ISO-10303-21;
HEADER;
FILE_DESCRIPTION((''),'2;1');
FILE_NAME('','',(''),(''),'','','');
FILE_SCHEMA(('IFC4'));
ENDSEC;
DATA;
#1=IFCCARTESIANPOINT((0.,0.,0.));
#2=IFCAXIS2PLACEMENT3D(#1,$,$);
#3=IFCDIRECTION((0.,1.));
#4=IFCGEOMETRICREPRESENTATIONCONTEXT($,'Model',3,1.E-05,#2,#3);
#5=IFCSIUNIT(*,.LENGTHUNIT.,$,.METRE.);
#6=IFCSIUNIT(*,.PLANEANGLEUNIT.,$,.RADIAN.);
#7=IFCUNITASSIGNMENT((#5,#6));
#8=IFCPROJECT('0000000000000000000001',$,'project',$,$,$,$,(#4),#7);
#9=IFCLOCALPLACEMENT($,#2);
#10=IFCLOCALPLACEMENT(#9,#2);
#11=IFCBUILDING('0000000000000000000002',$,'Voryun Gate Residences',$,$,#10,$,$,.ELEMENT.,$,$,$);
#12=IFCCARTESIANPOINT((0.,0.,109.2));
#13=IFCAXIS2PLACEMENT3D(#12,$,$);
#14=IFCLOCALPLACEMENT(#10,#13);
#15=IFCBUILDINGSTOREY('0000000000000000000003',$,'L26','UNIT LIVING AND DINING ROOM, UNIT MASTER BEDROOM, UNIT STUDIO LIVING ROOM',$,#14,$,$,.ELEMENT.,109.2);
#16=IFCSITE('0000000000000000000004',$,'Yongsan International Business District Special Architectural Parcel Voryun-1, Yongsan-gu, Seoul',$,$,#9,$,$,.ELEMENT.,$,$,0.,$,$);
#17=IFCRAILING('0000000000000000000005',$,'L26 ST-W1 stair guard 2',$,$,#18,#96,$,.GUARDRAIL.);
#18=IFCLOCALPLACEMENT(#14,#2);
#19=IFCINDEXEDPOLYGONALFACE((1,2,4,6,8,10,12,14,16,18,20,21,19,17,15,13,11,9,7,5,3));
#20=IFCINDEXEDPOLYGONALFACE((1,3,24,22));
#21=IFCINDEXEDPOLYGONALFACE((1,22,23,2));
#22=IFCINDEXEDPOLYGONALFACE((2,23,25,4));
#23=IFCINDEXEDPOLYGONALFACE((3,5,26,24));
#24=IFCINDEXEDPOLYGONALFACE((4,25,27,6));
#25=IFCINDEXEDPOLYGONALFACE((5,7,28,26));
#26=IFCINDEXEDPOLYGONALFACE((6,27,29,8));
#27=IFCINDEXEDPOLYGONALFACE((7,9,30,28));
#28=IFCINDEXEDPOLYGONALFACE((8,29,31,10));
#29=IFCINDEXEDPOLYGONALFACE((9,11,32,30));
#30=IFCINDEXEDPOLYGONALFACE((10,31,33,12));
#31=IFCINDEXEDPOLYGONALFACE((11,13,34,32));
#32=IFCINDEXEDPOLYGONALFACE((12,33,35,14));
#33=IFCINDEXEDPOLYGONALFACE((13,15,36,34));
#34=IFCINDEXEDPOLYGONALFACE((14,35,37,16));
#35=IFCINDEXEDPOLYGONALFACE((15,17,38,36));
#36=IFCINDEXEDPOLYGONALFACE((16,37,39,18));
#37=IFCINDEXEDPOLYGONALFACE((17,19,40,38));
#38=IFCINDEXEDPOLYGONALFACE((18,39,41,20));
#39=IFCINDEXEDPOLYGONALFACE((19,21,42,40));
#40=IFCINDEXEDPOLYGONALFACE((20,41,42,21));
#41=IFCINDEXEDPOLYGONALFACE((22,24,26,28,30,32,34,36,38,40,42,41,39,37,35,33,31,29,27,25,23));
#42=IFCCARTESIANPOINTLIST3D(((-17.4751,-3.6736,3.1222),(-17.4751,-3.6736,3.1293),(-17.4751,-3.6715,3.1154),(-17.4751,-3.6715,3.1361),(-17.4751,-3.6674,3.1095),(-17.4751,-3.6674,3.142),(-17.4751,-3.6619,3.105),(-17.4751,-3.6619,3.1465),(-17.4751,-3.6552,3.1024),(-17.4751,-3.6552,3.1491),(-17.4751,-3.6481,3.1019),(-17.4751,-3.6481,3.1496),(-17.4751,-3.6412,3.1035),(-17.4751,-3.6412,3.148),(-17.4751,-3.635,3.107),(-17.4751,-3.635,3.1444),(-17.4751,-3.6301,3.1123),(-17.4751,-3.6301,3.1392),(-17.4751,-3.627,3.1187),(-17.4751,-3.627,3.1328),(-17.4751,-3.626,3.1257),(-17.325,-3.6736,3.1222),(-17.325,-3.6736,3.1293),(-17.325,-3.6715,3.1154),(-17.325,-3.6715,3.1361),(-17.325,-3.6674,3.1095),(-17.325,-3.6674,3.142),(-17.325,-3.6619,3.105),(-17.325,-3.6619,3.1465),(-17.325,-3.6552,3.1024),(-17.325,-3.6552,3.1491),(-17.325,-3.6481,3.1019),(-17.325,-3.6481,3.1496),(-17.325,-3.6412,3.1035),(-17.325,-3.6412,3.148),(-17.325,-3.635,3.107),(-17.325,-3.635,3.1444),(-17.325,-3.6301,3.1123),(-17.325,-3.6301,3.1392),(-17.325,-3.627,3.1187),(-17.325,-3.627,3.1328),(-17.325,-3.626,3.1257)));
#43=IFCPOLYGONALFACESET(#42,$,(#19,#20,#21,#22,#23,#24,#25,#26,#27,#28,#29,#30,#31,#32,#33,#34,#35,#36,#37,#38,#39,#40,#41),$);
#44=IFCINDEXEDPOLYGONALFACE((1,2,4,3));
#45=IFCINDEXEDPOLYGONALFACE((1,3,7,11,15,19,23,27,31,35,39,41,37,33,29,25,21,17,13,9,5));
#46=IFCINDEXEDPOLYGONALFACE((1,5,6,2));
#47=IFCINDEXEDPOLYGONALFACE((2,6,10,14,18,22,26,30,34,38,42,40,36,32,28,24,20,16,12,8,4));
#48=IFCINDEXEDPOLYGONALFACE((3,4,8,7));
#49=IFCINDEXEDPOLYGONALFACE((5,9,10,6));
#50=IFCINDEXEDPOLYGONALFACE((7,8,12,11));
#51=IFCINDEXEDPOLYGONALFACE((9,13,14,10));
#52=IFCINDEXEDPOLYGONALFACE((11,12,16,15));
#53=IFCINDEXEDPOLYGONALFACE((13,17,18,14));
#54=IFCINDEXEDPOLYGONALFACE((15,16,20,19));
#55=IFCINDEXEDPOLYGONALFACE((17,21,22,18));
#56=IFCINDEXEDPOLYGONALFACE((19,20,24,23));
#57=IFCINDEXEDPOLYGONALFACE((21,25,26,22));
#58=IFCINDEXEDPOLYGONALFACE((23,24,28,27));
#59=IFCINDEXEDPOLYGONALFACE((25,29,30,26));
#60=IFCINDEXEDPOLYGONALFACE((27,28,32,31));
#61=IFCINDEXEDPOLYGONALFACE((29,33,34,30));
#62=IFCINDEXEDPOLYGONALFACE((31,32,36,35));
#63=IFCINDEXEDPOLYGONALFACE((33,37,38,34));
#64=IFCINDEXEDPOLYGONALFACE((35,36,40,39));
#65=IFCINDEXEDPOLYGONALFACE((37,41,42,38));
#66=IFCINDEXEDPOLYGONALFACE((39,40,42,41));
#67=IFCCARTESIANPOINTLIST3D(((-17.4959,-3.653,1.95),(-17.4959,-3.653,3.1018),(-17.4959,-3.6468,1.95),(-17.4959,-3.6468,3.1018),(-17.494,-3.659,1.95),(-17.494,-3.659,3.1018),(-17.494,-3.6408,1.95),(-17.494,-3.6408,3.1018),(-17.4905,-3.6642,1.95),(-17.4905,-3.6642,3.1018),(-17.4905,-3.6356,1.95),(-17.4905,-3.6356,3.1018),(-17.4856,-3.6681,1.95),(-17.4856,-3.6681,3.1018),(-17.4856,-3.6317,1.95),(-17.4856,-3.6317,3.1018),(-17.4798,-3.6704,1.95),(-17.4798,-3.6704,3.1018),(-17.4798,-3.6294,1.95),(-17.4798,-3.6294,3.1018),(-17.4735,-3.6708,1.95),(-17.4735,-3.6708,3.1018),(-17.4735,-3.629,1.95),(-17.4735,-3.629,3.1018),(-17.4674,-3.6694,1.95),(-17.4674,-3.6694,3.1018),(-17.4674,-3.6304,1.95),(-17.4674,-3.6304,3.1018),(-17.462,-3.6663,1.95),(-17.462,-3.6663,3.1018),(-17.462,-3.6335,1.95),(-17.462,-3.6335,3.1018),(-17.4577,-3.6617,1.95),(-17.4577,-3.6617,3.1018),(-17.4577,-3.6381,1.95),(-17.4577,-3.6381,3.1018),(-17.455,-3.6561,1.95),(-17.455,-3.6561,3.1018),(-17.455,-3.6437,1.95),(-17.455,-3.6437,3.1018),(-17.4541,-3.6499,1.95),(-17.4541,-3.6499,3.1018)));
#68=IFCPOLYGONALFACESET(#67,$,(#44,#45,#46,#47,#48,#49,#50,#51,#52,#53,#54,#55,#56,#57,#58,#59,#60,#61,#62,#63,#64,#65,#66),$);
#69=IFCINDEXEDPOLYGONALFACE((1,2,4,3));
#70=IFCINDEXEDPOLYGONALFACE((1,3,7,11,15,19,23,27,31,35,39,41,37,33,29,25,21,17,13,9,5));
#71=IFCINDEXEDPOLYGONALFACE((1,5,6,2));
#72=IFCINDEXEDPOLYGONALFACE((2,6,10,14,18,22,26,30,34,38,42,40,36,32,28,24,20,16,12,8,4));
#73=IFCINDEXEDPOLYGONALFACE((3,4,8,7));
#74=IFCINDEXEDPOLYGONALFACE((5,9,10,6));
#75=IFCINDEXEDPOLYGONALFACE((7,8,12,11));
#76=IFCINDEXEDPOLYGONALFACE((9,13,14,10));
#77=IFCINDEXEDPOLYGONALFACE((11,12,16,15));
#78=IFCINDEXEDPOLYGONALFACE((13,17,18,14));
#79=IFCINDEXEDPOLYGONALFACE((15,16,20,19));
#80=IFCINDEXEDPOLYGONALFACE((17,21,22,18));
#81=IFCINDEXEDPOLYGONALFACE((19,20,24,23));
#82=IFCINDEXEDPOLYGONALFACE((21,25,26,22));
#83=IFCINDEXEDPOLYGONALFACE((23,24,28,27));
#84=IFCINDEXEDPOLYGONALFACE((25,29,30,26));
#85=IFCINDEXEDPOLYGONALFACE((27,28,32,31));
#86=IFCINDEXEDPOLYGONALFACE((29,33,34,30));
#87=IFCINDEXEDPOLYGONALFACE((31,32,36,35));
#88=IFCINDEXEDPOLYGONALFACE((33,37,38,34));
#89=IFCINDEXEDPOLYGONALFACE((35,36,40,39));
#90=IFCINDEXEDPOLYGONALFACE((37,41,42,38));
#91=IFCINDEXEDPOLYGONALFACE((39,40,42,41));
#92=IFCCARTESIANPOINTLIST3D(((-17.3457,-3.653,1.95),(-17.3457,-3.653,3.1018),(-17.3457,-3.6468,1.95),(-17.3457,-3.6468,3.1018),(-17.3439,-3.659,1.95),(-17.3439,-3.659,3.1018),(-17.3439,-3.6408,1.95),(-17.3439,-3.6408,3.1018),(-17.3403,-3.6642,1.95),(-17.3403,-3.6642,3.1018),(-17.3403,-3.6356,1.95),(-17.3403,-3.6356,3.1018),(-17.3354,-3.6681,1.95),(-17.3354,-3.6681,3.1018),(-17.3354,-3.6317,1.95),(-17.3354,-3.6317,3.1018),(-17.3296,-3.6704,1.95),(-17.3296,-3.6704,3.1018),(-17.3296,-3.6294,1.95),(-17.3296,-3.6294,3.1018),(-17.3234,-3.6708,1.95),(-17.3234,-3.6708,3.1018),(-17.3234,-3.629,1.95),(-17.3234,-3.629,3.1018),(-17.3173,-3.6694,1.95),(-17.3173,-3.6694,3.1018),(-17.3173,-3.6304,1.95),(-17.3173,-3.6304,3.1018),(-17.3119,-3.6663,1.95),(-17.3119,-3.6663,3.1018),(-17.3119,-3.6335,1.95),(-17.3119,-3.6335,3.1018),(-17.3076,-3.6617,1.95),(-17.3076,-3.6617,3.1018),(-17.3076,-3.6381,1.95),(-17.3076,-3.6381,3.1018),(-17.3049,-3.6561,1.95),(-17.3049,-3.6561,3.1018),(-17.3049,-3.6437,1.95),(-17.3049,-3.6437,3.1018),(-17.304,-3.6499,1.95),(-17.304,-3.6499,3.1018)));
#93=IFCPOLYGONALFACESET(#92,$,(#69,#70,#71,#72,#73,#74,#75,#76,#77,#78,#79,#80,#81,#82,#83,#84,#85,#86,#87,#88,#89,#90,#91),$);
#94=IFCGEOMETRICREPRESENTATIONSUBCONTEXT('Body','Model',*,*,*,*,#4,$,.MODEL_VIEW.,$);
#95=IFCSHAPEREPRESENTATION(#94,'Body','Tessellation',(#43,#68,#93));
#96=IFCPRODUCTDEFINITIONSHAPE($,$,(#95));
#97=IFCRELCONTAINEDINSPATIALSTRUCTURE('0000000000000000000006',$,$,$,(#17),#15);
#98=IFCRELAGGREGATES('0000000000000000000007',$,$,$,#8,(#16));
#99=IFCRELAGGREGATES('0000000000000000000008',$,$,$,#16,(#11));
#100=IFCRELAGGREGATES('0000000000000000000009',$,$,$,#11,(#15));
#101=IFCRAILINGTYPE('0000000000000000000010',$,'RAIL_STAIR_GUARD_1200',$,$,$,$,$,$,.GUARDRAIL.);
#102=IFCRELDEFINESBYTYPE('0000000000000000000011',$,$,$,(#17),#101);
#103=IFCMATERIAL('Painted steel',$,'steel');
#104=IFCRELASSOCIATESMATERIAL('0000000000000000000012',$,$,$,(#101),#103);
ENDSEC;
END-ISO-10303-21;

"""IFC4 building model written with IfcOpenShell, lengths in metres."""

from ifc_helpers import new_model, si_unit, direction, frame, origin, origin_2d, place, context, subcontext, project, spatial, circle, extrude, material, type_object, element, save


model = new_model("IFC4")

# Units and contexts
model_context = context("Model", 3, precision=1e-05, world=origin(), true_north=direction((0.0, 1.0)))
body_context = subcontext(model_context, "Body", "Model", "MODEL_VIEW")
ifc_project = project(units=[si_unit("LENGTHUNIT", "METRE"), si_unit("PLANEANGLEUNIT", "RADIAN")], contexts=[model_context])

# Site, building, storey
site_placement = place(None, origin())
site = spatial("IfcSite", under=ifc_project, at=site_placement, Name="Yongsan International Business District Special Architectural Parcel Voryun-1, Yongsan-gu, Seoul", CompositionType="ELEMENT", RefElevation=0.0)
building_placement = place(site_placement, origin())
building = spatial("IfcBuilding", under=site, at=building_placement, Name="Voryun Gate Residences", CompositionType="ELEMENT")
storey_placement = place(building_placement, frame((0.0, 0.0, 109.2)))
storey = spatial("IfcBuildingStorey", under=building, at=storey_placement, Name="L26", Description="UNIT LIVING AND DINING ROOM, UNIT MASTER BEDROOM, UNIT STUDIO LIVING ROOM", CompositionType="ELEMENT", Elevation=109.2)

# Railing
ifc_material_1 = material(Name="Painted steel", Category="steel")
railing_type_1 = type_object("IfcRailingType", Name="RAIL_STAIR_GUARD_1200", PredefinedType="GUARDRAIL", material=ifc_material_1)
railing_1_placement = place(storey_placement, frame((-17.4751, -3.6499, 1.95)))
element("IfcRailing", 1, at=railing_1_placement, inside=storey, type_object=railing_type_1, Name="L26 ST-W1 stair guard 2", PredefinedType="GUARDRAIL", context=body_context, shape_type="SweptSolid", body=[
    extrude(circle(Radius=0.0239, at=origin_2d()), frame((0.0, 0.0, 1.1758), z_axis=(1.0, 0.0, 0.0), x_axis=(0.0, 1.0, 0.0)), (0.0, 0.0, 1.0), 0.1501),
    extrude(circle(Radius=0.021, at=origin_2d()), origin(), (0.0, 0.0, 1.0), 1.1519),
    extrude(circle(Radius=0.021, at=origin_2d()), frame((0.1501, 0.0, 0.0)), (0.0, 0.0, 1.0), 1.1519),
])

save(model, "model.ifc")
